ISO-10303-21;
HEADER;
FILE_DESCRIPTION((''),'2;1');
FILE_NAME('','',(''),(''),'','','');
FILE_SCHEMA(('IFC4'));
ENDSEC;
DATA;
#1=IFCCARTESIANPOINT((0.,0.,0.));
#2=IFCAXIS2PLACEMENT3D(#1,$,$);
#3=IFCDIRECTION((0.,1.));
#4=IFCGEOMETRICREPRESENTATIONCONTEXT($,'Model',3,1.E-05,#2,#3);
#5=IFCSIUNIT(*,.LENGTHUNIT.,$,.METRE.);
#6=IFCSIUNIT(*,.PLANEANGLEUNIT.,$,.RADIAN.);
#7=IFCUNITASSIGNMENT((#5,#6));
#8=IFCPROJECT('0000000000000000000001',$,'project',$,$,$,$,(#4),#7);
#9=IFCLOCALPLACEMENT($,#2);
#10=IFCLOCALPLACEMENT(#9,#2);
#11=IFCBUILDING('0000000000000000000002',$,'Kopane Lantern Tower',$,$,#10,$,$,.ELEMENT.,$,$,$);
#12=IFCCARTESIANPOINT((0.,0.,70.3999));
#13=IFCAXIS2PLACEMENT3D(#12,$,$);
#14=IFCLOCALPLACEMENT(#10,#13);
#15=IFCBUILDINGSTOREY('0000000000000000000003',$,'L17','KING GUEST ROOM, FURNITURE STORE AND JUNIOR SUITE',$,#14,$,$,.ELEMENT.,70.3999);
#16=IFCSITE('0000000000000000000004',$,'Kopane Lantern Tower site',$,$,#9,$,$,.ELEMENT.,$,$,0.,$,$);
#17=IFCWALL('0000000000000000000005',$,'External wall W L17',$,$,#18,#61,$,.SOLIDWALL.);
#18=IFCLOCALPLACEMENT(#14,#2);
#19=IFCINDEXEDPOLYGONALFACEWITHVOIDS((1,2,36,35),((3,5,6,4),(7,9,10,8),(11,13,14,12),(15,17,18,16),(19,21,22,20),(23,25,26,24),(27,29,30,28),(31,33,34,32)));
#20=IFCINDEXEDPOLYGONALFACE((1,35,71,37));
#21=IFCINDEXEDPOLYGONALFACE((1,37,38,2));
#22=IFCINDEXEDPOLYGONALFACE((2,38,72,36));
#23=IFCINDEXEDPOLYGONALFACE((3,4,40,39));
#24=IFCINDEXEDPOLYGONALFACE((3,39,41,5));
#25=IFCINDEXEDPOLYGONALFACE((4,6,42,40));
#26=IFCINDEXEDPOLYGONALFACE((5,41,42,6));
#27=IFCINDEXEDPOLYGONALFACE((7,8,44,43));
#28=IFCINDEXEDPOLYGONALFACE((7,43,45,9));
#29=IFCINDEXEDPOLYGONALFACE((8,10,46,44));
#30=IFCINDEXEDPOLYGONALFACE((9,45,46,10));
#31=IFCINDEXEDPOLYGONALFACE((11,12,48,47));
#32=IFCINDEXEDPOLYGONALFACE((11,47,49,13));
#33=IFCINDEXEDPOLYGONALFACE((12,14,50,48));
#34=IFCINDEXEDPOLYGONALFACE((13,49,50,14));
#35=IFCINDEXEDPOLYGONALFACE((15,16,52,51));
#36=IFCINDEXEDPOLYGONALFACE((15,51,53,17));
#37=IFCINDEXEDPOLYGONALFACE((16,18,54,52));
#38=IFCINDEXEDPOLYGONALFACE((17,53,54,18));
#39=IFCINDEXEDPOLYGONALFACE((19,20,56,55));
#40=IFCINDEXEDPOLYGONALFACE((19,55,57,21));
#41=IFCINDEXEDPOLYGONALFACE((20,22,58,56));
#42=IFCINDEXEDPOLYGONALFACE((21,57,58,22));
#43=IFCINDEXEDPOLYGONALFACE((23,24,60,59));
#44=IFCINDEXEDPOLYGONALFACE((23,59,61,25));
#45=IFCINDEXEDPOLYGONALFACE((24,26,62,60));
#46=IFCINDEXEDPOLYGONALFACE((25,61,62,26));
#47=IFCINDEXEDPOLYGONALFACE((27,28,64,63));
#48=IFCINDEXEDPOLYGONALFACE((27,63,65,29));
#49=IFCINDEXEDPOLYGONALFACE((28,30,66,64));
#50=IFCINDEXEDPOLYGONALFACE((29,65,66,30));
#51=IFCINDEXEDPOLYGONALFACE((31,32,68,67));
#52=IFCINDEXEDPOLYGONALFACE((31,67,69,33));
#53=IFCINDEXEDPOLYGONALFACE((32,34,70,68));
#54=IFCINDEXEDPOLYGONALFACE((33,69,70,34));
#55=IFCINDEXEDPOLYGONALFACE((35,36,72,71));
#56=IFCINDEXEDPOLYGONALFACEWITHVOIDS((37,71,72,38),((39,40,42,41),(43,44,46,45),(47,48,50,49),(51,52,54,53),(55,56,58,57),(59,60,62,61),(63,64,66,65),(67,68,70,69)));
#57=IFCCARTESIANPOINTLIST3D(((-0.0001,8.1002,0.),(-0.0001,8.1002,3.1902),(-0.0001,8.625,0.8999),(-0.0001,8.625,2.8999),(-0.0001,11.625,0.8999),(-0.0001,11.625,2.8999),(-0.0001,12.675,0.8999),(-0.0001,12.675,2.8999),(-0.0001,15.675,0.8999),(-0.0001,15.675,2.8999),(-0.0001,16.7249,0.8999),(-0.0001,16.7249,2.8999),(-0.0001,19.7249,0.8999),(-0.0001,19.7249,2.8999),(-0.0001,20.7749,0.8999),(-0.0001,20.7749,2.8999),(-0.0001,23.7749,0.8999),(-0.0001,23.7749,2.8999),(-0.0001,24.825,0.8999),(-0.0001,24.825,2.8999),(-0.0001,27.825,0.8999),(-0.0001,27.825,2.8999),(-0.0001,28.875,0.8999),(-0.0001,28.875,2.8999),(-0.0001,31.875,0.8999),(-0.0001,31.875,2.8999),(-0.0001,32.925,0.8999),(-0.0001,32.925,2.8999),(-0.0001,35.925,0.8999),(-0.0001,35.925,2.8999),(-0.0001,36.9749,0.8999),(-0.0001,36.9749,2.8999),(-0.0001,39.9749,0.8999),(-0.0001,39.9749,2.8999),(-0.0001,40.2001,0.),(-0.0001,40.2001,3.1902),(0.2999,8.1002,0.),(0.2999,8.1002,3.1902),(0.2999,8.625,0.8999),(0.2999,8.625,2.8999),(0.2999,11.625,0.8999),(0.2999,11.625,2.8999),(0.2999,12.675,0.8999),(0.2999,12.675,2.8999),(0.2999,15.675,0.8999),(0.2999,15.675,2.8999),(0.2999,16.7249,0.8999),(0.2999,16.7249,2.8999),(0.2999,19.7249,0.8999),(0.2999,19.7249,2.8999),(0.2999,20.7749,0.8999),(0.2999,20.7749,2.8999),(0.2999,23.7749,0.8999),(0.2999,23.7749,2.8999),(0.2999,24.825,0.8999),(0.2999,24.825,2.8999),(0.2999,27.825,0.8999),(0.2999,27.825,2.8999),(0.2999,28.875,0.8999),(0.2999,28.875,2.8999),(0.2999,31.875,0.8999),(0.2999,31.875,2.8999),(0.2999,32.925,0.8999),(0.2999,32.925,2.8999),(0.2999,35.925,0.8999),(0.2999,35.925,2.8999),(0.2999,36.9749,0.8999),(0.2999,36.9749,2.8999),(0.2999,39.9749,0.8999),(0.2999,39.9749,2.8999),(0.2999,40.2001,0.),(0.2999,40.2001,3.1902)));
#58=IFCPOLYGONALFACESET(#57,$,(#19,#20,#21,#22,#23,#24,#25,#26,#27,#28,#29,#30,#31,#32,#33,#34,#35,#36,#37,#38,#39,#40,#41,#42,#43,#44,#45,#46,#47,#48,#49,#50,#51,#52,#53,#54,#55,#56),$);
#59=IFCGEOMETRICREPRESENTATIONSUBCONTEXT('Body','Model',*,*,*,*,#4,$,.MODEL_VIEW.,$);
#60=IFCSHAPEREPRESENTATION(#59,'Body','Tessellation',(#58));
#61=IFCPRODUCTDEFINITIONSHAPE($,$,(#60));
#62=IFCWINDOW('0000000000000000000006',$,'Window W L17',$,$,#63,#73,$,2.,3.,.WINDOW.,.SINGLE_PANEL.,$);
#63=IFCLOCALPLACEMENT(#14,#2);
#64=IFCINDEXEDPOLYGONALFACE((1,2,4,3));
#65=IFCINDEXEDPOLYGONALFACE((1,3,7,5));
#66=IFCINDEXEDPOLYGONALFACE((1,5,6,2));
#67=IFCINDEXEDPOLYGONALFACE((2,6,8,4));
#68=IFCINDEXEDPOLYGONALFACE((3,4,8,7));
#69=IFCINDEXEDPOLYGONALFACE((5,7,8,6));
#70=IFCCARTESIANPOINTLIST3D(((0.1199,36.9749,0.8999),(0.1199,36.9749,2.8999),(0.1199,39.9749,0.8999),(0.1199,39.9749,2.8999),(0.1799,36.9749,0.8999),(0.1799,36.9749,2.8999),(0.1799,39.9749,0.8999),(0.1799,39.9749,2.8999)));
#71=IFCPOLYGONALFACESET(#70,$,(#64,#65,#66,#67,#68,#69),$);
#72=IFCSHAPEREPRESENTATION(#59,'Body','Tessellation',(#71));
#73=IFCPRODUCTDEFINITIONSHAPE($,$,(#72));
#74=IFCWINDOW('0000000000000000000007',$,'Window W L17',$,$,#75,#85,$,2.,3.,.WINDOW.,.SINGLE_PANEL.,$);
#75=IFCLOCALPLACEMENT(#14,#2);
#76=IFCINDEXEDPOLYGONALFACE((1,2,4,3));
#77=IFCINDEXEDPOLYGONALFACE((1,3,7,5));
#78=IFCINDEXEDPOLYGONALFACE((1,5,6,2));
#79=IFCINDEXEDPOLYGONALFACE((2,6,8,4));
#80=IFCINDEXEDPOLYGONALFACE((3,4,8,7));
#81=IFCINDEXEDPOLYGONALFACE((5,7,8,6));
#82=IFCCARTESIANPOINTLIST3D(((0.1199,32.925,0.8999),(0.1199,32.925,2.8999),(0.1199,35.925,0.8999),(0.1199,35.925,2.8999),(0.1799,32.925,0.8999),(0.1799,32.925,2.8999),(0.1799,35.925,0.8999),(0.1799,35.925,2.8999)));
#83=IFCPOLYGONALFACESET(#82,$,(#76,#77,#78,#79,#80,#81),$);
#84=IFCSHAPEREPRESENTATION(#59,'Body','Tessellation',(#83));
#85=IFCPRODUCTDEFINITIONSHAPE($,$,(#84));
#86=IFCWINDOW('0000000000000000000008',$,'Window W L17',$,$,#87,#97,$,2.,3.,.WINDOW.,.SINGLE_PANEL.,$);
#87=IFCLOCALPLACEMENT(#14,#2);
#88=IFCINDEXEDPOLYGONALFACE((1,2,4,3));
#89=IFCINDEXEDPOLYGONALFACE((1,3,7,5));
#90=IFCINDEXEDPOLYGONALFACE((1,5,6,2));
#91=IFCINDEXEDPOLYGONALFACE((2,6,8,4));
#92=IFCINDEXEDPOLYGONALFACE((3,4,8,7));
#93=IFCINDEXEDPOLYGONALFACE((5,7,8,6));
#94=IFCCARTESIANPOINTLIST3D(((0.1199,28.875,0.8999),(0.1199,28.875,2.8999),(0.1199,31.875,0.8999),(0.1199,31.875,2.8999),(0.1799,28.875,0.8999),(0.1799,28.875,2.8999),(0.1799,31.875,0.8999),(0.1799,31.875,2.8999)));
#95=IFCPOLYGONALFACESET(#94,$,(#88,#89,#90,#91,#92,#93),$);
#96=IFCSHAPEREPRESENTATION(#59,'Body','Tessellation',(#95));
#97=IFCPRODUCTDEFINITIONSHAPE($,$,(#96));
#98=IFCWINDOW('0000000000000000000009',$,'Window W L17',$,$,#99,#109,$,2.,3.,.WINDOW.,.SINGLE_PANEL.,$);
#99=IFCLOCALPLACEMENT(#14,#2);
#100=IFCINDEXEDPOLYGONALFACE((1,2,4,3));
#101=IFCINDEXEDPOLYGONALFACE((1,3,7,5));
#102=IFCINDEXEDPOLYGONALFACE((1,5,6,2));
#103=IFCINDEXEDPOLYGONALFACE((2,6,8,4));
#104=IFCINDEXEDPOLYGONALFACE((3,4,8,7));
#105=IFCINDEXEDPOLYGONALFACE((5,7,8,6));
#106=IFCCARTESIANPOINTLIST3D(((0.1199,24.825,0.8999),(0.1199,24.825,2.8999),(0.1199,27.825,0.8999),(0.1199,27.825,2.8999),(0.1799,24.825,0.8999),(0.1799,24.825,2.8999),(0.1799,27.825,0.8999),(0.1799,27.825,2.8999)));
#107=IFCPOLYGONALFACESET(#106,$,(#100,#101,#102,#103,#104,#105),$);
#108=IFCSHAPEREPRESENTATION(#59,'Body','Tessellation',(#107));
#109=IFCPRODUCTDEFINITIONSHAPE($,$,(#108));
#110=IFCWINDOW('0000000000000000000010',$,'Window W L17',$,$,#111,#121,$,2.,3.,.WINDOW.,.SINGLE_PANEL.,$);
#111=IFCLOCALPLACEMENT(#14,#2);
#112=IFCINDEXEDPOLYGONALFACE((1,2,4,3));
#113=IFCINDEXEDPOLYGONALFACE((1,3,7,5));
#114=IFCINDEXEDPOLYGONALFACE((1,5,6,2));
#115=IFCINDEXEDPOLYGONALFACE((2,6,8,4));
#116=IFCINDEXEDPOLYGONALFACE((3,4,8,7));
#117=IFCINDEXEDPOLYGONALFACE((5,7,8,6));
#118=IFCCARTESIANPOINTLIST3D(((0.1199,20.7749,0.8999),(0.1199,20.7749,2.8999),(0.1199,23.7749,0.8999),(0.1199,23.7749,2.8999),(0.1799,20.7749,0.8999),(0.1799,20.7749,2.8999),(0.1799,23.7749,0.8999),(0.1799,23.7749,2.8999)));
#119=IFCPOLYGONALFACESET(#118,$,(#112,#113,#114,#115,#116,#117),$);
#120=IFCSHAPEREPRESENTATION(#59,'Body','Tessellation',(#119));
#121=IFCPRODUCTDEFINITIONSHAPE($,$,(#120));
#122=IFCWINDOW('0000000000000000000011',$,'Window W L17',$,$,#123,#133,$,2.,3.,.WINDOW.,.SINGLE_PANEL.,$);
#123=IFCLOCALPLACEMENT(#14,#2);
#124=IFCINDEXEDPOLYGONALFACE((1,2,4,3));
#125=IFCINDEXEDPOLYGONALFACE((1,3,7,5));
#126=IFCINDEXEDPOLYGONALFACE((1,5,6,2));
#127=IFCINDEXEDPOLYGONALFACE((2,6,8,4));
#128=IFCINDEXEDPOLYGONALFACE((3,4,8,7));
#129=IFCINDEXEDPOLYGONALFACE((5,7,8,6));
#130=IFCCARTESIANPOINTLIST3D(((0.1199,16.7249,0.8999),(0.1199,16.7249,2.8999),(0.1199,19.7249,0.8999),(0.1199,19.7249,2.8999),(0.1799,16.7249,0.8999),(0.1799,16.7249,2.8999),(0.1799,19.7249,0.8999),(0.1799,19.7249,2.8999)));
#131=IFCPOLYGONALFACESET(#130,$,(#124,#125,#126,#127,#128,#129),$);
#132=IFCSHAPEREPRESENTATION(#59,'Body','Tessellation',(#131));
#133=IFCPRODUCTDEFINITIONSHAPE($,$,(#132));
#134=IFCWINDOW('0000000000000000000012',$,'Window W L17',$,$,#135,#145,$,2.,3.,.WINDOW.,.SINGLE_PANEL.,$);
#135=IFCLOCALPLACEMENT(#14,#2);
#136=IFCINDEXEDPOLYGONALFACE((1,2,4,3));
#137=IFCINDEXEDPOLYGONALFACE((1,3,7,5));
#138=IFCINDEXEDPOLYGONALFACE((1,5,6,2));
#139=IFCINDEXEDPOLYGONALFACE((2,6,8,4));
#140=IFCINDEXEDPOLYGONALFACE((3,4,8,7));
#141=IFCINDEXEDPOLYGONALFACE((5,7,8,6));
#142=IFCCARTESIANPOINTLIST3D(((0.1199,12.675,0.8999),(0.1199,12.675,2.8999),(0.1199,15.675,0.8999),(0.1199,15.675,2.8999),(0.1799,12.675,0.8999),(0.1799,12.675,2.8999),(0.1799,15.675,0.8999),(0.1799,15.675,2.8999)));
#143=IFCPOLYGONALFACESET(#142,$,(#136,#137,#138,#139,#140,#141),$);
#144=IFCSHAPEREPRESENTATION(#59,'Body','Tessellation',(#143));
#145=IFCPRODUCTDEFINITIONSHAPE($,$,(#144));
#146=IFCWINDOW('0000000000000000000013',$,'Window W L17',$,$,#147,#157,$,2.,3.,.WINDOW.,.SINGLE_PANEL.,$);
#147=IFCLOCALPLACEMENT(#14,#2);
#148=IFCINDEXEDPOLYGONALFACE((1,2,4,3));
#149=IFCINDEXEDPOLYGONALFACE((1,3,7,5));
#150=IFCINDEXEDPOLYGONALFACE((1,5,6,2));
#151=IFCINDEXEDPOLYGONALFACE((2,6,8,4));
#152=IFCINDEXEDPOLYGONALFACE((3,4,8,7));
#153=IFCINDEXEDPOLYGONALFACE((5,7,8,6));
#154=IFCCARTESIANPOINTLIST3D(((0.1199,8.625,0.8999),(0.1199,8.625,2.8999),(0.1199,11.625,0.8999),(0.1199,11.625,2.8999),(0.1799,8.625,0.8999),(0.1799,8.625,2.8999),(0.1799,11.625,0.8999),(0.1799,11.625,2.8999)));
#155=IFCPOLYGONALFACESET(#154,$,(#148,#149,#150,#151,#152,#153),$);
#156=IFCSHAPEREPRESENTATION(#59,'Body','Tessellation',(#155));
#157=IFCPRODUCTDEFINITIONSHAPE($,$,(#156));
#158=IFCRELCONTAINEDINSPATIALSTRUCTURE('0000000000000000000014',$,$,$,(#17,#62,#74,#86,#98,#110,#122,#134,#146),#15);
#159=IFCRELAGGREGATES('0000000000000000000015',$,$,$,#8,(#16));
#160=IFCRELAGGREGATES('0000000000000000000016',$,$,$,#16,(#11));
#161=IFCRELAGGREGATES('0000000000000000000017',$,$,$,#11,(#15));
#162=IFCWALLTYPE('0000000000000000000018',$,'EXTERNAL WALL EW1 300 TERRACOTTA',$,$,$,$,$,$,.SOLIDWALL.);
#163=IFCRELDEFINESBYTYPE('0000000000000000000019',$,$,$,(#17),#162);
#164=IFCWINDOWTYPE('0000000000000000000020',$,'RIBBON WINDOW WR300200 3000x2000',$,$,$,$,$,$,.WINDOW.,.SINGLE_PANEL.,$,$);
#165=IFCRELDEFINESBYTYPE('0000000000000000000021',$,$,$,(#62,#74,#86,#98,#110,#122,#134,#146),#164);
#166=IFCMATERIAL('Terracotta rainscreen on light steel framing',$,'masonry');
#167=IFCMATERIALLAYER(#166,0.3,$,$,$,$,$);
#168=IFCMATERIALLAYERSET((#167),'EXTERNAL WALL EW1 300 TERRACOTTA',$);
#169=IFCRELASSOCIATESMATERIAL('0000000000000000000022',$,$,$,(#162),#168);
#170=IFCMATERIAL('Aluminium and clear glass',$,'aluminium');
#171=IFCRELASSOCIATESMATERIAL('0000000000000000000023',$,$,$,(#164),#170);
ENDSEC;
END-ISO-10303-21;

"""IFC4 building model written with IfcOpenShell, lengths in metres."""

from ifc_helpers import new_model, si_unit, direction, frame, frame_2d, origin, place, context, subcontext, project, spatial, rectangle, extrude, material, layer, layer_set, type_object, element, fill, save


model = new_model("IFC4")

# Units and contexts
model_context = context("Model", 3, precision=1e-05, world=origin(), true_north=direction((0.0, 1.0)))
body_context = subcontext(model_context, "Body", "Model", "MODEL_VIEW")
ifc_project = project(units=[si_unit("LENGTHUNIT", "METRE"), si_unit("PLANEANGLEUNIT", "RADIAN")], contexts=[model_context])

# Site, building, storey
site_placement = place(None, origin())
site = spatial("IfcSite", under=ifc_project, at=site_placement, Name="Kopane Lantern Tower site", CompositionType="ELEMENT", RefElevation=0.0)
building_placement = place(site_placement, origin())
building = spatial("IfcBuilding", under=site, at=building_placement, Name="Kopane Lantern Tower", CompositionType="ELEMENT")
storey_placement = place(building_placement, frame((0.0, 0.0, 70.3999)))
storey = spatial("IfcBuildingStorey", under=building, at=storey_placement, Name="L17", Description="KING GUEST ROOM, FURNITURE STORE AND JUNIOR SUITE", CompositionType="ELEMENT", Elevation=70.3999)

# Shared definitions
ifc_material_1 = material(Name="Terracotta rainscreen on light steel framing", Category="masonry")
ifc_layer_1 = layer(ifc_material_1, 0.3)
ifc_layer_set_1 = layer_set([ifc_layer_1], Name="EXTERNAL WALL EW1 300 TERRACOTTA")
wall_type_1 = type_object("IfcWallType", Name="EXTERNAL WALL EW1 300 TERRACOTTA", PredefinedType="SOLIDWALL", material=ifc_layer_set_1)

# Wall, openings, windows
wall_1_placement = place(storey_placement, frame((0.1499, 40.2, 0.0), z_axis=(0.0, 0.0, 1.0), x_axis=(0.0, -1.0, 0.0)))
wall_1 = element("IfcWall", 1, at=wall_1_placement, inside=storey, type_object=wall_type_1, Name="External wall W L17", PredefinedType="SOLIDWALL", context=body_context, shape_type="SweptSolid", body=[
    extrude(rectangle(XDim=32.0999, YDim=0.3, at=frame_2d((16.0498, 0.0))), origin(), (0.0, 0.0, 1.0), 3.1902),
])
opening_1_placement = place(wall_1_placement, frame((0.2251, 0.0, 0.8999)))
opening_1 = element("IfcOpeningElement", 2, at=opening_1_placement, cuts=wall_1, PredefinedType="OPENING", context=body_context, shape_type="SweptSolid", body=[
    extrude(rectangle(XDim=3.0, YDim=2.0, at=frame_2d((1.5, 1.0))), frame((0.0, 0.1599, 0.0), z_axis=(0.0, -1.0, 0.0), x_axis=(1.0, 0.0, 0.0)), (0.0, 0.0, 1.0), 0.3201),
])
opening_2_placement = place(wall_1_placement, frame((4.2749, 0.0, 0.8999)))
opening_2 = element("IfcOpeningElement", 3, at=opening_2_placement, cuts=wall_1, PredefinedType="OPENING", context=body_context, shape_type="SweptSolid", body=[
    extrude(rectangle(XDim=3.0, YDim=2.0, at=frame_2d((1.5, 1.0))), frame((0.0, 0.1599, 0.0), z_axis=(0.0, -1.0, 0.0), x_axis=(1.0, 0.0, 0.0)), (0.0, 0.0, 1.0), 0.3201),
])
opening_3_placement = place(wall_1_placement, frame((8.325, 0.0, 0.8999)))
opening_3 = element("IfcOpeningElement", 4, at=opening_3_placement, cuts=wall_1, PredefinedType="OPENING", context=body_context, shape_type="SweptSolid", body=[
    extrude(rectangle(XDim=3.0, YDim=2.0, at=frame_2d((1.5, 1.0))), frame((0.0, 0.1599, 0.0), z_axis=(0.0, -1.0, 0.0), x_axis=(1.0, 0.0, 0.0)), (0.0, 0.0, 1.0), 0.3201),
])
opening_4_placement = place(wall_1_placement, frame((12.375, 0.0, 0.8999)))
opening_4 = element("IfcOpeningElement", 5, at=opening_4_placement, cuts=wall_1, PredefinedType="OPENING", context=body_context, shape_type="SweptSolid", body=[
    extrude(rectangle(XDim=3.0, YDim=2.0, at=frame_2d((1.5, 1.0))), frame((0.0, 0.1599, 0.0), z_axis=(0.0, -1.0, 0.0), x_axis=(1.0, 0.0, 0.0)), (0.0, 0.0, 1.0), 0.3201),
])
opening_5_placement = place(wall_1_placement, frame((16.425, 0.0, 0.8999)))
opening_5 = element("IfcOpeningElement", 6, at=opening_5_placement, cuts=wall_1, PredefinedType="OPENING", context=body_context, shape_type="SweptSolid", body=[
    extrude(rectangle(XDim=3.0, YDim=2.0, at=frame_2d((1.5, 1.0))), frame((0.0, 0.1599, 0.0), z_axis=(0.0, -1.0, 0.0), x_axis=(1.0, 0.0, 0.0)), (0.0, 0.0, 1.0), 0.3201),
])
opening_6_placement = place(wall_1_placement, frame((20.4751, 0.0, 0.8999)))
opening_6 = element("IfcOpeningElement", 7, at=opening_6_placement, cuts=wall_1, PredefinedType="OPENING", context=body_context, shape_type="SweptSolid", body=[
    extrude(rectangle(XDim=3.0, YDim=2.0, at=frame_2d((1.5, 1.0))), frame((0.0, 0.1599, 0.0), z_axis=(0.0, -1.0, 0.0), x_axis=(1.0, 0.0, 0.0)), (0.0, 0.0, 1.0), 0.3201),
])
opening_7_placement = place(wall_1_placement, frame((24.5249, 0.0, 0.8999)))
opening_7 = element("IfcOpeningElement", 8, at=opening_7_placement, cuts=wall_1, PredefinedType="OPENING", context=body_context, shape_type="SweptSolid", body=[
    extrude(rectangle(XDim=3.0, YDim=2.0, at=frame_2d((1.5, 1.0))), frame((0.0, 0.1599, 0.0), z_axis=(0.0, -1.0, 0.0), x_axis=(1.0, 0.0, 0.0)), (0.0, 0.0, 1.0), 0.3201),
])
opening_8_placement = place(wall_1_placement, frame((28.575, 0.0, 0.8999)))
opening_8 = element("IfcOpeningElement", 9, at=opening_8_placement, cuts=wall_1, PredefinedType="OPENING", context=body_context, shape_type="SweptSolid", body=[
    extrude(rectangle(XDim=3.0, YDim=2.0, at=frame_2d((1.5, 1.0))), frame((0.0, 0.1599, 0.0), z_axis=(0.0, -1.0, 0.0), x_axis=(1.0, 0.0, 0.0)), (0.0, 0.0, 1.0), 0.3201),
])
ifc_material_2 = material(Name="Aluminium and clear glass", Category="aluminium")
window_type_1 = type_object("IfcWindowType", Name="RIBBON WINDOW WR300200 3000x2000", PartitioningType="SINGLE_PANEL", PredefinedType="WINDOW", material=ifc_material_2)
window_1_placement = place(opening_1_placement, origin())
window_1 = element("IfcWindow", 10, at=window_1_placement, inside=storey, type_object=window_type_1, Name="Window W L17", OverallHeight=2.0, OverallWidth=3.0, PartitioningType="SINGLE_PANEL", PredefinedType="WINDOW", context=body_context, shape_type="SweptSolid", body=[
    extrude(rectangle(XDim=3.0, YDim=2.0, at=frame_2d((1.5, 1.0))), frame((0.0, 0.03, 0.0), z_axis=(0.0, -1.0, 0.0), x_axis=(1.0, 0.0, 0.0)), (0.0, 0.0, 1.0), 0.0601),
])
fill(opening_1, window_1)
window_2_placement = place(opening_2_placement, origin())
window_2 = element("IfcWindow", 11, at=window_2_placement, inside=storey, type_object=window_type_1, Name="Window W L17", OverallHeight=2.0, OverallWidth=3.0, PartitioningType="SINGLE_PANEL", PredefinedType="WINDOW", context=body_context, shape_type="SweptSolid", body=[
    extrude(rectangle(XDim=3.0, YDim=2.0, at=frame_2d((1.5, 1.0))), frame((0.0, 0.03, 0.0), z_axis=(0.0, -1.0, 0.0), x_axis=(1.0, 0.0, 0.0)), (0.0, 0.0, 1.0), 0.0601),
])
fill(opening_2, window_2)
window_3_placement = place(opening_3_placement, origin())
window_3 = element("IfcWindow", 12, at=window_3_placement, inside=storey, type_object=window_type_1, Name="Window W L17", OverallHeight=2.0, OverallWidth=3.0, PartitioningType="SINGLE_PANEL", PredefinedType="WINDOW", context=body_context, shape_type="SweptSolid", body=[
    extrude(rectangle(XDim=3.0, YDim=2.0, at=frame_2d((1.5, 1.0))), frame((0.0, 0.03, 0.0), z_axis=(0.0, -1.0, 0.0), x_axis=(1.0, 0.0, 0.0)), (0.0, 0.0, 1.0), 0.0601),
])
fill(opening_3, window_3)
window_4_placement = place(opening_4_placement, origin())
window_4 = element("IfcWindow", 13, at=window_4_placement, inside=storey, type_object=window_type_1, Name="Window W L17", OverallHeight=2.0, OverallWidth=3.0, PartitioningType="SINGLE_PANEL", PredefinedType="WINDOW", context=body_context, shape_type="SweptSolid", body=[
    extrude(rectangle(XDim=3.0, YDim=2.0, at=frame_2d((1.5, 1.0))), frame((0.0, 0.03, 0.0), z_axis=(0.0, -1.0, 0.0), x_axis=(1.0, 0.0, 0.0)), (0.0, 0.0, 1.0), 0.0601),
])
fill(opening_4, window_4)
window_5_placement = place(opening_5_placement, origin())
window_5 = element("IfcWindow", 14, at=window_5_placement, inside=storey, type_object=window_type_1, Name="Window W L17", OverallHeight=2.0, OverallWidth=3.0, PartitioningType="SINGLE_PANEL", PredefinedType="WINDOW", context=body_context, shape_type="SweptSolid", body=[
    extrude(rectangle(XDim=3.0, YDim=2.0, at=frame_2d((1.5, 1.0))), frame((0.0, 0.03, 0.0), z_axis=(0.0, -1.0, 0.0), x_axis=(1.0, 0.0, 0.0)), (0.0, 0.0, 1.0), 0.0601),
])
fill(opening_5, window_5)
window_6_placement = place(opening_6_placement, origin())
window_6 = element("IfcWindow", 15, at=window_6_placement, inside=storey, type_object=window_type_1, Name="Window W L17", OverallHeight=2.0, OverallWidth=3.0, PartitioningType="SINGLE_PANEL", PredefinedType="WINDOW", context=body_context, shape_type="SweptSolid", body=[
    extrude(rectangle(XDim=3.0, YDim=2.0, at=frame_2d((1.5, 1.0))), frame((0.0, 0.03, 0.0), z_axis=(0.0, -1.0, 0.0), x_axis=(1.0, 0.0, 0.0)), (0.0, 0.0, 1.0), 0.0601),
])
fill(opening_6, window_6)
window_7_placement = place(opening_7_placement, origin())
window_7 = element("IfcWindow", 16, at=window_7_placement, inside=storey, type_object=window_type_1, Name="Window W L17", OverallHeight=2.0, OverallWidth=3.0, PartitioningType="SINGLE_PANEL", PredefinedType="WINDOW", context=body_context, shape_type="SweptSolid", body=[
    extrude(rectangle(XDim=3.0, YDim=2.0, at=frame_2d((1.5, 1.0))), frame((0.0, 0.03, 0.0), z_axis=(0.0, -1.0, 0.0), x_axis=(1.0, 0.0, 0.0)), (0.0, 0.0, 1.0), 0.0601),
])
fill(opening_7, window_7)
window_8_placement = place(opening_8_placement, origin())
window_8 = element("IfcWindow", 17, at=window_8_placement, inside=storey, type_object=window_type_1, Name="Window W L17", OverallHeight=2.0, OverallWidth=3.0, PartitioningType="SINGLE_PANEL", PredefinedType="WINDOW", context=body_context, shape_type="SweptSolid", body=[
    extrude(rectangle(XDim=3.0, YDim=2.0, at=frame_2d((1.5, 1.0))), frame((0.0, 0.03, 0.0), z_axis=(0.0, -1.0, 0.0), x_axis=(1.0, 0.0, 0.0)), (0.0, 0.0, 1.0), 0.0601),
])
fill(opening_8, window_8)

save(model, "model.ifc")
